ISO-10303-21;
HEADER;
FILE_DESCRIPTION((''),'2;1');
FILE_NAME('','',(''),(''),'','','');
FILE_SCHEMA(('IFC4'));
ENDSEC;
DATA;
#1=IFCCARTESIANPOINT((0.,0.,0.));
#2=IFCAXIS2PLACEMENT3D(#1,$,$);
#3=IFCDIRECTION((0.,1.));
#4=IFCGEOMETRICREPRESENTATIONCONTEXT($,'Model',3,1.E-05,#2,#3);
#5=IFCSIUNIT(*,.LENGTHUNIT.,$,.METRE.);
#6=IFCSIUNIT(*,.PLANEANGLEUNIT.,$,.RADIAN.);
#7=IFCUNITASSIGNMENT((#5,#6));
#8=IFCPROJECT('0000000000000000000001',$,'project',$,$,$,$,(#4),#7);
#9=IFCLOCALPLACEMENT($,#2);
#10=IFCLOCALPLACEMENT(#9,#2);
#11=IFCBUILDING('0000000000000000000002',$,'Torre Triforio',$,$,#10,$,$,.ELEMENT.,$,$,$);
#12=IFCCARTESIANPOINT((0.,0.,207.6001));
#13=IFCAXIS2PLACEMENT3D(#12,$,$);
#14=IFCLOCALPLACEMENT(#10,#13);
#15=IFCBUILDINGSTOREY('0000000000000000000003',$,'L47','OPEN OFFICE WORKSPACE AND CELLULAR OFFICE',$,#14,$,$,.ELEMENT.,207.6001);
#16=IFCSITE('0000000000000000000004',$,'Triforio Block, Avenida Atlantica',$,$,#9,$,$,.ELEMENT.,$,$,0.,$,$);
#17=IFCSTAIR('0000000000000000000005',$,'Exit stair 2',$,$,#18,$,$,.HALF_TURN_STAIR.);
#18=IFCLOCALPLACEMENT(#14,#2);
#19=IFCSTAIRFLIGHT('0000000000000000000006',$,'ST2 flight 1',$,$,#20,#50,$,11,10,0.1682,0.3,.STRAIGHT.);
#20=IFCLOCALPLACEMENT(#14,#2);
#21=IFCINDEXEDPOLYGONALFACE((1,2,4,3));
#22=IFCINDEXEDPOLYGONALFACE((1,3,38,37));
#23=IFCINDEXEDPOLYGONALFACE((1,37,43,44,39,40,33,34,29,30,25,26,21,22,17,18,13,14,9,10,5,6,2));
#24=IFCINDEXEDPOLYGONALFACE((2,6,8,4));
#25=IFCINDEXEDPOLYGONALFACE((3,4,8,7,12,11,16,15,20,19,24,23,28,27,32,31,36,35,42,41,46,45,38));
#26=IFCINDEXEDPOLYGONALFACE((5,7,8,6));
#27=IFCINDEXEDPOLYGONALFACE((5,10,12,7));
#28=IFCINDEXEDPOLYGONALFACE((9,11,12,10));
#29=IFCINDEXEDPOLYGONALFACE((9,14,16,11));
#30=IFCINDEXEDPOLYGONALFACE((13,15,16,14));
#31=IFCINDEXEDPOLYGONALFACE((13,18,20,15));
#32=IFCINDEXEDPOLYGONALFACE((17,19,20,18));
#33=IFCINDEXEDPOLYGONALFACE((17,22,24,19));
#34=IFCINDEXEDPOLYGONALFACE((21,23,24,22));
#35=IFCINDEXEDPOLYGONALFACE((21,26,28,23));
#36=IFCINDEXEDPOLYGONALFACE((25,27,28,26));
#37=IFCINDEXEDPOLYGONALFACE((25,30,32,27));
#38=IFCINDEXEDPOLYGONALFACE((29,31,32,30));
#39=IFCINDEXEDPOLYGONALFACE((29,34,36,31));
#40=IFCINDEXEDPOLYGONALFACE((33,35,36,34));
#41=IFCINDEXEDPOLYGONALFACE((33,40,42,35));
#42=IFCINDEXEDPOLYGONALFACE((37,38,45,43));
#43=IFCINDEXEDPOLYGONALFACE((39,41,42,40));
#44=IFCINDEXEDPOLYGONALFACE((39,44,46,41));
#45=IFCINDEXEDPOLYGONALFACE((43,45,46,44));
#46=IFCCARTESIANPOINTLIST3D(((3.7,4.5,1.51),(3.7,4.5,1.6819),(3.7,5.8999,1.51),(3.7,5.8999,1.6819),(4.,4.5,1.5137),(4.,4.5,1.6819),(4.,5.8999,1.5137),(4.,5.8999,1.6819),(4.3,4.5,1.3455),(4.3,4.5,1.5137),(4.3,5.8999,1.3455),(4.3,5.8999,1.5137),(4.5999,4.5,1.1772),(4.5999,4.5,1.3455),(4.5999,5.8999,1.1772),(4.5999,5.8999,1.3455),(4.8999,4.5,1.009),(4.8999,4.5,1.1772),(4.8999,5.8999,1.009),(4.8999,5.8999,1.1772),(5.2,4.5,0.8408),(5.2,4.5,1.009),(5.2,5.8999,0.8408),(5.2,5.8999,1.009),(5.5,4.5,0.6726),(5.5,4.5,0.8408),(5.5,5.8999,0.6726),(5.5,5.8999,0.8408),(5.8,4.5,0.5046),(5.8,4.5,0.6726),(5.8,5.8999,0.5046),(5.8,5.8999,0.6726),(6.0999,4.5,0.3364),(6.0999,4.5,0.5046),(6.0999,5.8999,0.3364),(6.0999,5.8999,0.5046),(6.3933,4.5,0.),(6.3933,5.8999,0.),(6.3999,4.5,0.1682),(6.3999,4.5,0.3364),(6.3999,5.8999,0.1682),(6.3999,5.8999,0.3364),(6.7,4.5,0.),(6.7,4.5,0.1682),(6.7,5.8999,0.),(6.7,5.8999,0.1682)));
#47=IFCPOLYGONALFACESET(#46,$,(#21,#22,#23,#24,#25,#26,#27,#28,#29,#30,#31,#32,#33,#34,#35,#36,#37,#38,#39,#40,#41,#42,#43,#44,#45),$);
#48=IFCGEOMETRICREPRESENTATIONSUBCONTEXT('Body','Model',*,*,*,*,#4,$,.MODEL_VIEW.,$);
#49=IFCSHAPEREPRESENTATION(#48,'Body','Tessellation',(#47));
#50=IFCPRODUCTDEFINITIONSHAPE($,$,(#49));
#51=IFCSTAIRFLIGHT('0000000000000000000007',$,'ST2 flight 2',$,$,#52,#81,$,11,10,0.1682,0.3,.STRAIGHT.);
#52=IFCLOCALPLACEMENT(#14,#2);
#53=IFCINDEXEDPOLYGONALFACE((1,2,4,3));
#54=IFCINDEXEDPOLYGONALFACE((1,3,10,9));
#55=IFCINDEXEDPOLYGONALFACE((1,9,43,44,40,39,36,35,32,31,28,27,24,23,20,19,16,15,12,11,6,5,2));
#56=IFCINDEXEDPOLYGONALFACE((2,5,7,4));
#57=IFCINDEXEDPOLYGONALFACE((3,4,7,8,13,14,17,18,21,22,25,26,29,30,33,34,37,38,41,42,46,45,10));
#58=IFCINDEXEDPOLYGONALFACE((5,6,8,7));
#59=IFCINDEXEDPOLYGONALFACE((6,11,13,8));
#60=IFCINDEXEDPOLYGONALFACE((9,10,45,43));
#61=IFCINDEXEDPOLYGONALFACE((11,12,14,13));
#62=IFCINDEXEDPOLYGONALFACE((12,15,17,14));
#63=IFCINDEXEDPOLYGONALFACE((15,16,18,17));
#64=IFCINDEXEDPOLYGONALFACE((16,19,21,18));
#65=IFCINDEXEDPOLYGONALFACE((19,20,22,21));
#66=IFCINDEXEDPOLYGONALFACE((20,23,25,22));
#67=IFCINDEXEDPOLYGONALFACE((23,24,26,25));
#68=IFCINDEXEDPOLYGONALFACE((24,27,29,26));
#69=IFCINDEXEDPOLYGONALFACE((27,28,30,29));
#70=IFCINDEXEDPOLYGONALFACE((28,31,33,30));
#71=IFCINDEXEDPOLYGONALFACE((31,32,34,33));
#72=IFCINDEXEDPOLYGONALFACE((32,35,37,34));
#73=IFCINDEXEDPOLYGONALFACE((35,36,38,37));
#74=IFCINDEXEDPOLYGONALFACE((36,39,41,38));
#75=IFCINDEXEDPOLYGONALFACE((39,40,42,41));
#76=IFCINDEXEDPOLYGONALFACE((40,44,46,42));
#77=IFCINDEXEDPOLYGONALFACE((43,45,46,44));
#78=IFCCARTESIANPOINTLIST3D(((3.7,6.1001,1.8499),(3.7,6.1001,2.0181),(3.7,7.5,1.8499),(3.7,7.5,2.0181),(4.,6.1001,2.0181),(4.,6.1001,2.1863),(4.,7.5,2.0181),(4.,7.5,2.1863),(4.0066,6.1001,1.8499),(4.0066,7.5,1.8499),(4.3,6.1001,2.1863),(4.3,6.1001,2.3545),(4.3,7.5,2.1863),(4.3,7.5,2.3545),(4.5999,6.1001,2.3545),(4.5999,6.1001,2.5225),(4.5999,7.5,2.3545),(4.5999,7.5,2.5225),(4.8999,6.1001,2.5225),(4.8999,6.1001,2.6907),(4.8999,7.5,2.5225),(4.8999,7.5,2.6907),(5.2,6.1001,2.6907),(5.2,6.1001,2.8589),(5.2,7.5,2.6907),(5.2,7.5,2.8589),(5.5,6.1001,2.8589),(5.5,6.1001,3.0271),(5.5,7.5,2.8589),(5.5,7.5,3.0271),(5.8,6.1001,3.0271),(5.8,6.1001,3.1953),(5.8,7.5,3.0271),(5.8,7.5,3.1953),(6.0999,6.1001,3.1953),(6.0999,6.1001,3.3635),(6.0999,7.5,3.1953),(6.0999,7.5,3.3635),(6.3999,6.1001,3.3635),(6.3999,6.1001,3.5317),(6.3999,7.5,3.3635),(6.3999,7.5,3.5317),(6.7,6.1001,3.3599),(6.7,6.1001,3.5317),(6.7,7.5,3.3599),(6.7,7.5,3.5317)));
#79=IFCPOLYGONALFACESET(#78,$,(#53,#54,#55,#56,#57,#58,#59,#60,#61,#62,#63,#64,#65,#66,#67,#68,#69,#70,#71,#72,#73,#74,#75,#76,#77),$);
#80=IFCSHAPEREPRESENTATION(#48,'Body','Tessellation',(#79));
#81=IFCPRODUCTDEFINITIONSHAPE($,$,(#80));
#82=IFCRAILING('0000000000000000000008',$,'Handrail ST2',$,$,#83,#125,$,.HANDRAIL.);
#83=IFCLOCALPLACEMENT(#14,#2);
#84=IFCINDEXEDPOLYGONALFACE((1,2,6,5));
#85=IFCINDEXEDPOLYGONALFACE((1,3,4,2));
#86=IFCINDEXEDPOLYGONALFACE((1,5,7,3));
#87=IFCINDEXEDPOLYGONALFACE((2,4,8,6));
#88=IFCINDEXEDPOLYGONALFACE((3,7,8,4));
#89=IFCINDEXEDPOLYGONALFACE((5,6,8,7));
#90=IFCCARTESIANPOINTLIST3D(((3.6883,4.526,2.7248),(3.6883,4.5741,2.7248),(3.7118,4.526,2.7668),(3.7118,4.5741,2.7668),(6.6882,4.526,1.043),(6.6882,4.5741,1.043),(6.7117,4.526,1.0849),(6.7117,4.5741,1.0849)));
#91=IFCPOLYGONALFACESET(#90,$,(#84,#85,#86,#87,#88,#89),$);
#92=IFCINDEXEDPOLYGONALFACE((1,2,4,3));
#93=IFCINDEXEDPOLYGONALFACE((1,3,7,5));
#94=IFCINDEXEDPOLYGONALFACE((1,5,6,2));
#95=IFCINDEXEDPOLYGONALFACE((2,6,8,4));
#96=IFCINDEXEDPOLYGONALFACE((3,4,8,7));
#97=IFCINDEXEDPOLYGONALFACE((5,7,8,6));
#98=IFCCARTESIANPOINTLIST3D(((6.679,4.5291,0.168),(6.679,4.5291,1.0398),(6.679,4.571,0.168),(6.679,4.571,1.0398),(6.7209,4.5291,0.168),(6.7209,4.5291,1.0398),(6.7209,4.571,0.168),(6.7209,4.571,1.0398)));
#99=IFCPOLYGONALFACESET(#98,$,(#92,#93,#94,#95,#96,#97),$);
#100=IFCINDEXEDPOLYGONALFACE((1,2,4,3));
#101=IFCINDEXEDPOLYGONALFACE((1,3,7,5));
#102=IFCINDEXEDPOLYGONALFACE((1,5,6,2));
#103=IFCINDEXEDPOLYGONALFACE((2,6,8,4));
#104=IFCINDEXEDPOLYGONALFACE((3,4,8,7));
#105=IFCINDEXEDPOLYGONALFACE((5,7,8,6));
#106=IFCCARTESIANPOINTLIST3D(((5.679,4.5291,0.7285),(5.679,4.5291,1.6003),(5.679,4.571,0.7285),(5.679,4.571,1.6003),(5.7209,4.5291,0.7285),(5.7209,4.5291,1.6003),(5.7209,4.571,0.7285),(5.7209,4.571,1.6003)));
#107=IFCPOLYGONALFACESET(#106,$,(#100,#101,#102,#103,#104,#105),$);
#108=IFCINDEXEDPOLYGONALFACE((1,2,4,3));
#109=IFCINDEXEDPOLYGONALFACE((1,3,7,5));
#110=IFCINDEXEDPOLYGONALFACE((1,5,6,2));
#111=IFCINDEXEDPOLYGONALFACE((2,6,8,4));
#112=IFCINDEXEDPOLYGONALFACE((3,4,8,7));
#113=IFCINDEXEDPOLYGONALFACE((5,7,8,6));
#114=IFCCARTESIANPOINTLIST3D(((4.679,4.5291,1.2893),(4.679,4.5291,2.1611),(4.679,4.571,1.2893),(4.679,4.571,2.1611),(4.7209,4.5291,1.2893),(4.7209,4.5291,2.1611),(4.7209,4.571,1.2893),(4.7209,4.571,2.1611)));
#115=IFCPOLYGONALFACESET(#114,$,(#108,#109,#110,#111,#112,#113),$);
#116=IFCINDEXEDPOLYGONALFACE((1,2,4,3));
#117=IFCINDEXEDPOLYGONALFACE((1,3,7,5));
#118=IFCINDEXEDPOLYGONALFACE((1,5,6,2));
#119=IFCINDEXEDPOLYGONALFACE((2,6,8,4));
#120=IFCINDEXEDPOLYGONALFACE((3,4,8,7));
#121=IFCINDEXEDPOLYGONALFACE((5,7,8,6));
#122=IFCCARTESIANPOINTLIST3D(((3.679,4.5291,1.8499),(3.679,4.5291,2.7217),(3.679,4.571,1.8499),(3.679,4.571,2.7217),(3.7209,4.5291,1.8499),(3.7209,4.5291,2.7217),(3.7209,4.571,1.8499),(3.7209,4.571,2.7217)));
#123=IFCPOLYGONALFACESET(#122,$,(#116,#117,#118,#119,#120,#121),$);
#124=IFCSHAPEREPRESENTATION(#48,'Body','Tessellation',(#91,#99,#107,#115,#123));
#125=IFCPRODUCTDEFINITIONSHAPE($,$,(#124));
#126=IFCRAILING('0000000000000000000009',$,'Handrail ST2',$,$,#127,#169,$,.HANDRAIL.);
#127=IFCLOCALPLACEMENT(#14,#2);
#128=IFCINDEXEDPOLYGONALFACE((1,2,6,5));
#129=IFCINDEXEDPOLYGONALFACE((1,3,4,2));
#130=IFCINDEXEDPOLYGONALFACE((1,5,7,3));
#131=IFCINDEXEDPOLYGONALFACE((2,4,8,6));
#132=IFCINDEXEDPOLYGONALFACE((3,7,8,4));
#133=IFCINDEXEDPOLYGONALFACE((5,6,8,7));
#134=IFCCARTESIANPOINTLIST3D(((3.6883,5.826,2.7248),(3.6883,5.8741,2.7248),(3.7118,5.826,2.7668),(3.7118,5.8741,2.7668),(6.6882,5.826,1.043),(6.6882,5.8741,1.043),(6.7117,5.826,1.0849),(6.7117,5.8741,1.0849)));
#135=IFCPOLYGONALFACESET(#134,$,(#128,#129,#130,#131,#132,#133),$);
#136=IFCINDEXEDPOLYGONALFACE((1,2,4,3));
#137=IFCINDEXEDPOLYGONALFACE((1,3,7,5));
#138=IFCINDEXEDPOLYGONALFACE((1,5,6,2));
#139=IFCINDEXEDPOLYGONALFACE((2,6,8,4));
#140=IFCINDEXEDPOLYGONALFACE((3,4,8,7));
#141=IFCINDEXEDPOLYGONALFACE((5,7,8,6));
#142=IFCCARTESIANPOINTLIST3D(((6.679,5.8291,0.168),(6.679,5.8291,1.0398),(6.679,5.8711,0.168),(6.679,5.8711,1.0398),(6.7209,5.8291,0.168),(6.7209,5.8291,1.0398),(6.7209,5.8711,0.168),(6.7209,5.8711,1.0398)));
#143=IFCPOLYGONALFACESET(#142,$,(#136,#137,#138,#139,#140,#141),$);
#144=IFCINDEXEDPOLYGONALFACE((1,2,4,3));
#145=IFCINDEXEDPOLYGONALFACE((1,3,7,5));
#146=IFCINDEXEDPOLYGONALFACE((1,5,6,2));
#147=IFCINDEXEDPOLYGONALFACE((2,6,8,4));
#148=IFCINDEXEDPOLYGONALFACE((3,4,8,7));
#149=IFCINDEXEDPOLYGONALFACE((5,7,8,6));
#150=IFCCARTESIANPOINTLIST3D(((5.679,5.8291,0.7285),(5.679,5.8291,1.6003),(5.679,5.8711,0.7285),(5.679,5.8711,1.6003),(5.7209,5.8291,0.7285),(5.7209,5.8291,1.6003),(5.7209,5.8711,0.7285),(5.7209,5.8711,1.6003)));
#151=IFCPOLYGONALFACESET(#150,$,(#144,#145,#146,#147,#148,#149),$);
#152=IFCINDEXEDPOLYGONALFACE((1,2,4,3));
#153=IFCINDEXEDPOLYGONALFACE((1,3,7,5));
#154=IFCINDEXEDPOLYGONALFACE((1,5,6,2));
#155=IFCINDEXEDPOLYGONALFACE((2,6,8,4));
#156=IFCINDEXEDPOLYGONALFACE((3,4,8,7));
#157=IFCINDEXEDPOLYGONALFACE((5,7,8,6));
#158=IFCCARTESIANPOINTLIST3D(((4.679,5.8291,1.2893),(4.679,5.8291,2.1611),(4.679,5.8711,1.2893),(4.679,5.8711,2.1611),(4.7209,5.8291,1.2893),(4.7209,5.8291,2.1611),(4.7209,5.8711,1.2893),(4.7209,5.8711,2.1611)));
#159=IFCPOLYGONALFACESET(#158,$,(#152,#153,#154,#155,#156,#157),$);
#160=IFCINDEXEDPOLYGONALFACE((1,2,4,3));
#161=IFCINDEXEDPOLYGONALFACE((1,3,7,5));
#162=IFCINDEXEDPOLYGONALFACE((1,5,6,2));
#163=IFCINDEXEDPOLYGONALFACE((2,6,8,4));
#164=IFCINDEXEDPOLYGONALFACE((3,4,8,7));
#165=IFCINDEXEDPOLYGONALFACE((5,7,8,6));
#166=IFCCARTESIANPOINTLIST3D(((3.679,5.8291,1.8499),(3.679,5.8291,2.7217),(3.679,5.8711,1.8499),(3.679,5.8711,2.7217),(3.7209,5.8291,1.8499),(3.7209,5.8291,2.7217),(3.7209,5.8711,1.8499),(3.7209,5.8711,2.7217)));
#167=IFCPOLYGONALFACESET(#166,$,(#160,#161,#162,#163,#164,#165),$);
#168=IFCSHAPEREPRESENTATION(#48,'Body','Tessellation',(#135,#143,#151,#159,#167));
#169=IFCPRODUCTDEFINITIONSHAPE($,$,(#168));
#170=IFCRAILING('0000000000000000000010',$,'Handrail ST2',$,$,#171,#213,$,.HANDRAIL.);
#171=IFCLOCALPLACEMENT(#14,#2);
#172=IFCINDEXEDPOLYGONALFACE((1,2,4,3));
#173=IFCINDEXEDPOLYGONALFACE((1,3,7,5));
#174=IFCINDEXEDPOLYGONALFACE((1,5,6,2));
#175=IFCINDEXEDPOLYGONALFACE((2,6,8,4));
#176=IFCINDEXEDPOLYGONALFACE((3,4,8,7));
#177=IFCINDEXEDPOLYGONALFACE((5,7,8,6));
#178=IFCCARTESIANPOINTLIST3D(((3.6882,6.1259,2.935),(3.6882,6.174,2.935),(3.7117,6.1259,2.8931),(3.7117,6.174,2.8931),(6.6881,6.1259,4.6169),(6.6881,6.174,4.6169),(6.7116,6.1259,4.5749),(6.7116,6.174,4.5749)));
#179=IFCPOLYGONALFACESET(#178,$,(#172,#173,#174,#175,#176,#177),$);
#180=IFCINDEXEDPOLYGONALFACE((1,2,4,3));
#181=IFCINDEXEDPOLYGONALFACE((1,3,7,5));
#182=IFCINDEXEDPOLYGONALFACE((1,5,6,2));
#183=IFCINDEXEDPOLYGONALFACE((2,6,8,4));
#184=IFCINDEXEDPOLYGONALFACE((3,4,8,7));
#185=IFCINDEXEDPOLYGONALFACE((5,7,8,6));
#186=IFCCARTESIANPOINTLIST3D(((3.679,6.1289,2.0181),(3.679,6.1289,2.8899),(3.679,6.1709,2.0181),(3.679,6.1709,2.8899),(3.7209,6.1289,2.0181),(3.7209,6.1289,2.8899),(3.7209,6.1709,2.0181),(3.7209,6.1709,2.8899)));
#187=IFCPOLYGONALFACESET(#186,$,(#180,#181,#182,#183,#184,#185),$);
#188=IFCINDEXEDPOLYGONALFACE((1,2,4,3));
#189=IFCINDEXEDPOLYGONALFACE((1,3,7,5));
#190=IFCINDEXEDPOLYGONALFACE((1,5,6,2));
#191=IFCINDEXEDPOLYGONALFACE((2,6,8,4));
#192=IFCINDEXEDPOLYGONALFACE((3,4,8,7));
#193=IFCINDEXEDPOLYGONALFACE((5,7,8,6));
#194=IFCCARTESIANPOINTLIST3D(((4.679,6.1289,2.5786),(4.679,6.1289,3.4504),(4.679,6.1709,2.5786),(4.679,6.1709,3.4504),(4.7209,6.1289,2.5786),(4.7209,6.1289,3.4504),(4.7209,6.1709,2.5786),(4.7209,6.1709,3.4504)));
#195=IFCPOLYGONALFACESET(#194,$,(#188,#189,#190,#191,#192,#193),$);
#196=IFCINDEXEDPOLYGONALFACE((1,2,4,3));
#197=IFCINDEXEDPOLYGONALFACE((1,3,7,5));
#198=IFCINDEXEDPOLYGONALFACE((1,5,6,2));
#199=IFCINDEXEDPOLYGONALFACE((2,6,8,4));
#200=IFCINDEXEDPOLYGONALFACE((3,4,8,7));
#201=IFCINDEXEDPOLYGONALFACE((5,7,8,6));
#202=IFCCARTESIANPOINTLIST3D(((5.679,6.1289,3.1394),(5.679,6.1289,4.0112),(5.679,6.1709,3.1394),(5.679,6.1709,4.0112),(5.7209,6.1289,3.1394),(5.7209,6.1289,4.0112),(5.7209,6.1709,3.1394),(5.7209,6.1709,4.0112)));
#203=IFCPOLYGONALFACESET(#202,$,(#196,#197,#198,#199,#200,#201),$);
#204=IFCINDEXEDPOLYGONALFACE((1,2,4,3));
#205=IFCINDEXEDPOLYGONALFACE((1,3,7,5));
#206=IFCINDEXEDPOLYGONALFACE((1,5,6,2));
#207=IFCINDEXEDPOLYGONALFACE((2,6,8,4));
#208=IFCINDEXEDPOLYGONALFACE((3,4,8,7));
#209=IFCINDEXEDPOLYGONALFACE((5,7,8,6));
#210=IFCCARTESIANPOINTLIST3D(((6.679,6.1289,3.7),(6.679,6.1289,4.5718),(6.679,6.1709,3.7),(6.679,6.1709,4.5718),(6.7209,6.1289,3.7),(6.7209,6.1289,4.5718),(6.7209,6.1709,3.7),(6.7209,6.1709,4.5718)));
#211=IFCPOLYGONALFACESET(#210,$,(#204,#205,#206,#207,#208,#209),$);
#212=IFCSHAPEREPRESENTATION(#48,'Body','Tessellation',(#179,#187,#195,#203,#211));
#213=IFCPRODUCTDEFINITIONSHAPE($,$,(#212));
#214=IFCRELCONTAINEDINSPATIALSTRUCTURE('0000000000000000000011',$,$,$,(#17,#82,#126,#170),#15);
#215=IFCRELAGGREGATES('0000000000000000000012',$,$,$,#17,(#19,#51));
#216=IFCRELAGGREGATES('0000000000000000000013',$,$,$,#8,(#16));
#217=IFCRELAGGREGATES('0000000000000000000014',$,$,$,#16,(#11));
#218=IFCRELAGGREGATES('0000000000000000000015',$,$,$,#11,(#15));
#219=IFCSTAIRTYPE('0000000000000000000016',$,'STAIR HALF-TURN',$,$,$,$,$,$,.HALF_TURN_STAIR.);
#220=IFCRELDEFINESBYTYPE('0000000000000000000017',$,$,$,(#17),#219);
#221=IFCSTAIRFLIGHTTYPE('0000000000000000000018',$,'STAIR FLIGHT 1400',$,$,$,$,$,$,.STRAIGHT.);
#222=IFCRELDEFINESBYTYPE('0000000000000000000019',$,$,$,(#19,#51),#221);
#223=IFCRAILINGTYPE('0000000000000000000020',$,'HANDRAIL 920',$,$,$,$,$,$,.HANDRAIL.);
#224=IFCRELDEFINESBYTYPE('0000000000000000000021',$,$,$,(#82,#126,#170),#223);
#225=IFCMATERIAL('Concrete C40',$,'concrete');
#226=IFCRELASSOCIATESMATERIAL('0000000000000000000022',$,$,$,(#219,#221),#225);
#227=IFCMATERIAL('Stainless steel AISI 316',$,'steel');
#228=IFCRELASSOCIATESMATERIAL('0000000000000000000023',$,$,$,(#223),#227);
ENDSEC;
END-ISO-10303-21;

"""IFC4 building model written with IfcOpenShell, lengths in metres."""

from ifc_helpers import new_model, si_unit, direction, frame, origin, origin_2d, place, context, subcontext, project, spatial, polyline, rectangle, outline, extrude, material, type_object, element, aggregate, save


model = new_model("IFC4")

# Units and contexts
model_context = context("Model", 3, precision=1e-05, world=origin(), true_north=direction((0.0, 1.0)))
body_context = subcontext(model_context, "Body", "Model", "MODEL_VIEW")
ifc_project = project(units=[si_unit("LENGTHUNIT", "METRE"), si_unit("PLANEANGLEUNIT", "RADIAN")], contexts=[model_context])

# Site, building, storey
site_placement = place(None, origin())
site = spatial("IfcSite", under=ifc_project, at=site_placement, Name="Triforio Block, Avenida Atlantica", CompositionType="ELEMENT", RefElevation=0.0)
building_placement = place(site_placement, origin())
building = spatial("IfcBuilding", under=site, at=building_placement, Name="Torre Triforio", CompositionType="ELEMENT")
storey_placement = place(building_placement, frame((0.0, 0.0, 207.6001)))
storey = spatial("IfcBuildingStorey", under=building, at=storey_placement, Name="L47", Description="OPEN OFFICE WORKSPACE AND CELLULAR OFFICE", CompositionType="ELEMENT", Elevation=207.6001)

# Stair
ifc_material_1 = material(Name="Concrete C40", Category="concrete")
stair_type = type_object("IfcStairType", Name="STAIR HALF-TURN", PredefinedType="HALF_TURN_STAIR", material=ifc_material_1)
stair_1_placement = place(storey_placement, origin())
stair_1 = element("IfcStair", 1, at=stair_1_placement, inside=storey, type_object=stair_type, Name="Exit stair 2", PredefinedType="HALF_TURN_STAIR")

# Stair flights
stair_flight_type = type_object("IfcStairFlightType", Name="STAIR FLIGHT 1400", PredefinedType="STRAIGHT", material=ifc_material_1)
stair_flight_1_placement = place(storey_placement, frame((6.7, 5.2, 0.0), z_axis=(0.0, 0.0, 1.0), x_axis=(-1.0, 0.0, 0.0)))
stair_flight_1 = element("IfcStairFlight", 2, at=stair_flight_1_placement, type_object=stair_flight_type, Name="ST2 flight 1", NumberOfRisers=11, NumberOfTreads=10, PredefinedType="STRAIGHT", RiserHeight=0.1682, TreadLength=0.3, context=body_context, shape_type="SweptSolid", body=[
    extrude(outline(polyline([(0.0, 0.0), (0.0, 0.1682), (0.3, 0.1682), (0.3, 0.3364), (0.6001, 0.3364), (0.6001, 0.5046), (0.8999, 0.5046), (0.8999, 0.6726), (1.2, 0.6726), (1.2, 0.8408), (1.5, 0.8408), (1.5, 1.009), (1.8, 1.009), (1.8, 1.1772), (2.1001, 1.1772), (2.1001, 1.3455), (2.3999, 1.3455), (2.3999, 1.5137), (2.7, 1.5137), (2.7, 1.6819), (3.0, 1.6819), (3.0, 1.8501), (3.0, 1.51), (0.3066, 0.0), (0.0, 0.0)])), frame((0.0, 0.7, 0.0), z_axis=(0.0, -1.0, 0.0), x_axis=(1.0, 0.0, 0.0)), (0.0, 0.0, 1.0), 1.3999),
])
stair_flight_2_placement = place(storey_placement, frame((3.7, 6.8, 1.8499), z_axis=(0.0, 0.0, 1.0), x_axis=(1.0, 0.0, 0.0)))
stair_flight_2 = element("IfcStairFlight", 3, at=stair_flight_2_placement, type_object=stair_flight_type, Name="ST2 flight 2", NumberOfRisers=11, NumberOfTreads=10, PredefinedType="STRAIGHT", RiserHeight=0.1682, TreadLength=0.3, context=body_context, shape_type="SweptSolid", body=[
    extrude(outline(polyline([(0.0, 0.0), (0.0, 0.1682), (0.3, 0.1682), (0.3, 0.3364), (0.6001, 0.3364), (0.6001, 0.5046), (0.8999, 0.5046), (0.8999, 0.6726), (1.2, 0.6726), (1.2, 0.8408), (1.5, 0.8408), (1.5, 1.009), (1.8, 1.009), (1.8, 1.1772), (2.1001, 1.1772), (2.1001, 1.3455), (2.3999, 1.3455), (2.3999, 1.5137), (2.7, 1.5137), (2.7, 1.6819), (3.0, 1.6819), (3.0, 1.8501), (3.0, 1.51), (0.3066, 0.0), (0.0, 0.0)])), frame((0.0, 0.7, 0.0), z_axis=(0.0, -1.0, 0.0), x_axis=(1.0, 0.0, 0.0)), (0.0, 0.0, 1.0), 1.3999),
])
aggregate(stair_1, [stair_flight_1, stair_flight_2])

# Railings
ifc_material_2 = material(Name="Stainless steel AISI 316", Category="steel")
railing_type = type_object("IfcRailingType", Name="HANDRAIL 920", PredefinedType="HANDRAIL", material=ifc_material_2)
for number, where, name in (
    (4, (6.7, 4.55, 0.168), "Handrail ST2"),
    (5, (6.7, 5.8501, 0.168), "Handrail ST2"),
):
    element("IfcRailing", number, at=place(storey_placement, frame(where)), inside=storey, type_object=railing_type, Name=name, PredefinedType="HANDRAIL", context=body_context, shape_type="SweptSolid", body=[
        extrude(rectangle(XDim=0.0481, YDim=0.0481, at=origin_2d()), frame((0.0, 0.0, 0.896), z_axis=(-0.872272, 0.0, 0.48902), x_axis=(0.0, -1.0, 0.0)), (0.0, 0.0, 1.0), 3.4392),
        extrude(rectangle(XDim=0.042, YDim=0.042, at=origin_2d()), origin(), (0.0, 0.0, 1.0), 0.8718),
        extrude(rectangle(XDim=0.042, YDim=0.042, at=origin_2d()), frame((-1.0, 0.0, 0.5605)), (0.0, 0.0, 1.0), 0.8718),
        extrude(rectangle(XDim=0.042, YDim=0.042, at=origin_2d()), frame((-2.0, 0.0, 1.1213)), (0.0, 0.0, 1.0), 0.8718),
        extrude(rectangle(XDim=0.042, YDim=0.042, at=origin_2d()), frame((-3.0, 0.0, 1.6819)), (0.0, 0.0, 1.0), 0.8718),
    ])
railing_placement = place(storey_placement, frame((3.7, 6.1499, 2.0181)))
element("IfcRailing", 6, at=railing_placement, inside=storey, type_object=railing_type, Name="Handrail ST2", PredefinedType="HANDRAIL", context=body_context, shape_type="SweptSolid", body=[
    extrude(rectangle(XDim=0.0481, YDim=0.0481, at=origin_2d()), frame((0.0, 0.0, 0.896), z_axis=(0.872272, 0.0, 0.48902), x_axis=(0.0, 1.0, 0.0)), (0.0, 0.0, 1.0), 3.4392),
    extrude(rectangle(XDim=0.042, YDim=0.042, at=origin_2d()), origin(), (0.0, 0.0, 1.0), 0.8718),
    extrude(rectangle(XDim=0.042, YDim=0.042, at=origin_2d()), frame((1.0, 0.0, 0.5605)), (0.0, 0.0, 1.0), 0.8718),
    extrude(rectangle(XDim=0.042, YDim=0.042, at=origin_2d()), frame((2.0, 0.0, 1.1213)), (0.0, 0.0, 1.0), 0.8718),
    extrude(rectangle(XDim=0.042, YDim=0.042, at=origin_2d()), frame((3.0, 0.0, 1.6819)), (0.0, 0.0, 1.0), 0.8718),
])

save(model, "model.ifc")
